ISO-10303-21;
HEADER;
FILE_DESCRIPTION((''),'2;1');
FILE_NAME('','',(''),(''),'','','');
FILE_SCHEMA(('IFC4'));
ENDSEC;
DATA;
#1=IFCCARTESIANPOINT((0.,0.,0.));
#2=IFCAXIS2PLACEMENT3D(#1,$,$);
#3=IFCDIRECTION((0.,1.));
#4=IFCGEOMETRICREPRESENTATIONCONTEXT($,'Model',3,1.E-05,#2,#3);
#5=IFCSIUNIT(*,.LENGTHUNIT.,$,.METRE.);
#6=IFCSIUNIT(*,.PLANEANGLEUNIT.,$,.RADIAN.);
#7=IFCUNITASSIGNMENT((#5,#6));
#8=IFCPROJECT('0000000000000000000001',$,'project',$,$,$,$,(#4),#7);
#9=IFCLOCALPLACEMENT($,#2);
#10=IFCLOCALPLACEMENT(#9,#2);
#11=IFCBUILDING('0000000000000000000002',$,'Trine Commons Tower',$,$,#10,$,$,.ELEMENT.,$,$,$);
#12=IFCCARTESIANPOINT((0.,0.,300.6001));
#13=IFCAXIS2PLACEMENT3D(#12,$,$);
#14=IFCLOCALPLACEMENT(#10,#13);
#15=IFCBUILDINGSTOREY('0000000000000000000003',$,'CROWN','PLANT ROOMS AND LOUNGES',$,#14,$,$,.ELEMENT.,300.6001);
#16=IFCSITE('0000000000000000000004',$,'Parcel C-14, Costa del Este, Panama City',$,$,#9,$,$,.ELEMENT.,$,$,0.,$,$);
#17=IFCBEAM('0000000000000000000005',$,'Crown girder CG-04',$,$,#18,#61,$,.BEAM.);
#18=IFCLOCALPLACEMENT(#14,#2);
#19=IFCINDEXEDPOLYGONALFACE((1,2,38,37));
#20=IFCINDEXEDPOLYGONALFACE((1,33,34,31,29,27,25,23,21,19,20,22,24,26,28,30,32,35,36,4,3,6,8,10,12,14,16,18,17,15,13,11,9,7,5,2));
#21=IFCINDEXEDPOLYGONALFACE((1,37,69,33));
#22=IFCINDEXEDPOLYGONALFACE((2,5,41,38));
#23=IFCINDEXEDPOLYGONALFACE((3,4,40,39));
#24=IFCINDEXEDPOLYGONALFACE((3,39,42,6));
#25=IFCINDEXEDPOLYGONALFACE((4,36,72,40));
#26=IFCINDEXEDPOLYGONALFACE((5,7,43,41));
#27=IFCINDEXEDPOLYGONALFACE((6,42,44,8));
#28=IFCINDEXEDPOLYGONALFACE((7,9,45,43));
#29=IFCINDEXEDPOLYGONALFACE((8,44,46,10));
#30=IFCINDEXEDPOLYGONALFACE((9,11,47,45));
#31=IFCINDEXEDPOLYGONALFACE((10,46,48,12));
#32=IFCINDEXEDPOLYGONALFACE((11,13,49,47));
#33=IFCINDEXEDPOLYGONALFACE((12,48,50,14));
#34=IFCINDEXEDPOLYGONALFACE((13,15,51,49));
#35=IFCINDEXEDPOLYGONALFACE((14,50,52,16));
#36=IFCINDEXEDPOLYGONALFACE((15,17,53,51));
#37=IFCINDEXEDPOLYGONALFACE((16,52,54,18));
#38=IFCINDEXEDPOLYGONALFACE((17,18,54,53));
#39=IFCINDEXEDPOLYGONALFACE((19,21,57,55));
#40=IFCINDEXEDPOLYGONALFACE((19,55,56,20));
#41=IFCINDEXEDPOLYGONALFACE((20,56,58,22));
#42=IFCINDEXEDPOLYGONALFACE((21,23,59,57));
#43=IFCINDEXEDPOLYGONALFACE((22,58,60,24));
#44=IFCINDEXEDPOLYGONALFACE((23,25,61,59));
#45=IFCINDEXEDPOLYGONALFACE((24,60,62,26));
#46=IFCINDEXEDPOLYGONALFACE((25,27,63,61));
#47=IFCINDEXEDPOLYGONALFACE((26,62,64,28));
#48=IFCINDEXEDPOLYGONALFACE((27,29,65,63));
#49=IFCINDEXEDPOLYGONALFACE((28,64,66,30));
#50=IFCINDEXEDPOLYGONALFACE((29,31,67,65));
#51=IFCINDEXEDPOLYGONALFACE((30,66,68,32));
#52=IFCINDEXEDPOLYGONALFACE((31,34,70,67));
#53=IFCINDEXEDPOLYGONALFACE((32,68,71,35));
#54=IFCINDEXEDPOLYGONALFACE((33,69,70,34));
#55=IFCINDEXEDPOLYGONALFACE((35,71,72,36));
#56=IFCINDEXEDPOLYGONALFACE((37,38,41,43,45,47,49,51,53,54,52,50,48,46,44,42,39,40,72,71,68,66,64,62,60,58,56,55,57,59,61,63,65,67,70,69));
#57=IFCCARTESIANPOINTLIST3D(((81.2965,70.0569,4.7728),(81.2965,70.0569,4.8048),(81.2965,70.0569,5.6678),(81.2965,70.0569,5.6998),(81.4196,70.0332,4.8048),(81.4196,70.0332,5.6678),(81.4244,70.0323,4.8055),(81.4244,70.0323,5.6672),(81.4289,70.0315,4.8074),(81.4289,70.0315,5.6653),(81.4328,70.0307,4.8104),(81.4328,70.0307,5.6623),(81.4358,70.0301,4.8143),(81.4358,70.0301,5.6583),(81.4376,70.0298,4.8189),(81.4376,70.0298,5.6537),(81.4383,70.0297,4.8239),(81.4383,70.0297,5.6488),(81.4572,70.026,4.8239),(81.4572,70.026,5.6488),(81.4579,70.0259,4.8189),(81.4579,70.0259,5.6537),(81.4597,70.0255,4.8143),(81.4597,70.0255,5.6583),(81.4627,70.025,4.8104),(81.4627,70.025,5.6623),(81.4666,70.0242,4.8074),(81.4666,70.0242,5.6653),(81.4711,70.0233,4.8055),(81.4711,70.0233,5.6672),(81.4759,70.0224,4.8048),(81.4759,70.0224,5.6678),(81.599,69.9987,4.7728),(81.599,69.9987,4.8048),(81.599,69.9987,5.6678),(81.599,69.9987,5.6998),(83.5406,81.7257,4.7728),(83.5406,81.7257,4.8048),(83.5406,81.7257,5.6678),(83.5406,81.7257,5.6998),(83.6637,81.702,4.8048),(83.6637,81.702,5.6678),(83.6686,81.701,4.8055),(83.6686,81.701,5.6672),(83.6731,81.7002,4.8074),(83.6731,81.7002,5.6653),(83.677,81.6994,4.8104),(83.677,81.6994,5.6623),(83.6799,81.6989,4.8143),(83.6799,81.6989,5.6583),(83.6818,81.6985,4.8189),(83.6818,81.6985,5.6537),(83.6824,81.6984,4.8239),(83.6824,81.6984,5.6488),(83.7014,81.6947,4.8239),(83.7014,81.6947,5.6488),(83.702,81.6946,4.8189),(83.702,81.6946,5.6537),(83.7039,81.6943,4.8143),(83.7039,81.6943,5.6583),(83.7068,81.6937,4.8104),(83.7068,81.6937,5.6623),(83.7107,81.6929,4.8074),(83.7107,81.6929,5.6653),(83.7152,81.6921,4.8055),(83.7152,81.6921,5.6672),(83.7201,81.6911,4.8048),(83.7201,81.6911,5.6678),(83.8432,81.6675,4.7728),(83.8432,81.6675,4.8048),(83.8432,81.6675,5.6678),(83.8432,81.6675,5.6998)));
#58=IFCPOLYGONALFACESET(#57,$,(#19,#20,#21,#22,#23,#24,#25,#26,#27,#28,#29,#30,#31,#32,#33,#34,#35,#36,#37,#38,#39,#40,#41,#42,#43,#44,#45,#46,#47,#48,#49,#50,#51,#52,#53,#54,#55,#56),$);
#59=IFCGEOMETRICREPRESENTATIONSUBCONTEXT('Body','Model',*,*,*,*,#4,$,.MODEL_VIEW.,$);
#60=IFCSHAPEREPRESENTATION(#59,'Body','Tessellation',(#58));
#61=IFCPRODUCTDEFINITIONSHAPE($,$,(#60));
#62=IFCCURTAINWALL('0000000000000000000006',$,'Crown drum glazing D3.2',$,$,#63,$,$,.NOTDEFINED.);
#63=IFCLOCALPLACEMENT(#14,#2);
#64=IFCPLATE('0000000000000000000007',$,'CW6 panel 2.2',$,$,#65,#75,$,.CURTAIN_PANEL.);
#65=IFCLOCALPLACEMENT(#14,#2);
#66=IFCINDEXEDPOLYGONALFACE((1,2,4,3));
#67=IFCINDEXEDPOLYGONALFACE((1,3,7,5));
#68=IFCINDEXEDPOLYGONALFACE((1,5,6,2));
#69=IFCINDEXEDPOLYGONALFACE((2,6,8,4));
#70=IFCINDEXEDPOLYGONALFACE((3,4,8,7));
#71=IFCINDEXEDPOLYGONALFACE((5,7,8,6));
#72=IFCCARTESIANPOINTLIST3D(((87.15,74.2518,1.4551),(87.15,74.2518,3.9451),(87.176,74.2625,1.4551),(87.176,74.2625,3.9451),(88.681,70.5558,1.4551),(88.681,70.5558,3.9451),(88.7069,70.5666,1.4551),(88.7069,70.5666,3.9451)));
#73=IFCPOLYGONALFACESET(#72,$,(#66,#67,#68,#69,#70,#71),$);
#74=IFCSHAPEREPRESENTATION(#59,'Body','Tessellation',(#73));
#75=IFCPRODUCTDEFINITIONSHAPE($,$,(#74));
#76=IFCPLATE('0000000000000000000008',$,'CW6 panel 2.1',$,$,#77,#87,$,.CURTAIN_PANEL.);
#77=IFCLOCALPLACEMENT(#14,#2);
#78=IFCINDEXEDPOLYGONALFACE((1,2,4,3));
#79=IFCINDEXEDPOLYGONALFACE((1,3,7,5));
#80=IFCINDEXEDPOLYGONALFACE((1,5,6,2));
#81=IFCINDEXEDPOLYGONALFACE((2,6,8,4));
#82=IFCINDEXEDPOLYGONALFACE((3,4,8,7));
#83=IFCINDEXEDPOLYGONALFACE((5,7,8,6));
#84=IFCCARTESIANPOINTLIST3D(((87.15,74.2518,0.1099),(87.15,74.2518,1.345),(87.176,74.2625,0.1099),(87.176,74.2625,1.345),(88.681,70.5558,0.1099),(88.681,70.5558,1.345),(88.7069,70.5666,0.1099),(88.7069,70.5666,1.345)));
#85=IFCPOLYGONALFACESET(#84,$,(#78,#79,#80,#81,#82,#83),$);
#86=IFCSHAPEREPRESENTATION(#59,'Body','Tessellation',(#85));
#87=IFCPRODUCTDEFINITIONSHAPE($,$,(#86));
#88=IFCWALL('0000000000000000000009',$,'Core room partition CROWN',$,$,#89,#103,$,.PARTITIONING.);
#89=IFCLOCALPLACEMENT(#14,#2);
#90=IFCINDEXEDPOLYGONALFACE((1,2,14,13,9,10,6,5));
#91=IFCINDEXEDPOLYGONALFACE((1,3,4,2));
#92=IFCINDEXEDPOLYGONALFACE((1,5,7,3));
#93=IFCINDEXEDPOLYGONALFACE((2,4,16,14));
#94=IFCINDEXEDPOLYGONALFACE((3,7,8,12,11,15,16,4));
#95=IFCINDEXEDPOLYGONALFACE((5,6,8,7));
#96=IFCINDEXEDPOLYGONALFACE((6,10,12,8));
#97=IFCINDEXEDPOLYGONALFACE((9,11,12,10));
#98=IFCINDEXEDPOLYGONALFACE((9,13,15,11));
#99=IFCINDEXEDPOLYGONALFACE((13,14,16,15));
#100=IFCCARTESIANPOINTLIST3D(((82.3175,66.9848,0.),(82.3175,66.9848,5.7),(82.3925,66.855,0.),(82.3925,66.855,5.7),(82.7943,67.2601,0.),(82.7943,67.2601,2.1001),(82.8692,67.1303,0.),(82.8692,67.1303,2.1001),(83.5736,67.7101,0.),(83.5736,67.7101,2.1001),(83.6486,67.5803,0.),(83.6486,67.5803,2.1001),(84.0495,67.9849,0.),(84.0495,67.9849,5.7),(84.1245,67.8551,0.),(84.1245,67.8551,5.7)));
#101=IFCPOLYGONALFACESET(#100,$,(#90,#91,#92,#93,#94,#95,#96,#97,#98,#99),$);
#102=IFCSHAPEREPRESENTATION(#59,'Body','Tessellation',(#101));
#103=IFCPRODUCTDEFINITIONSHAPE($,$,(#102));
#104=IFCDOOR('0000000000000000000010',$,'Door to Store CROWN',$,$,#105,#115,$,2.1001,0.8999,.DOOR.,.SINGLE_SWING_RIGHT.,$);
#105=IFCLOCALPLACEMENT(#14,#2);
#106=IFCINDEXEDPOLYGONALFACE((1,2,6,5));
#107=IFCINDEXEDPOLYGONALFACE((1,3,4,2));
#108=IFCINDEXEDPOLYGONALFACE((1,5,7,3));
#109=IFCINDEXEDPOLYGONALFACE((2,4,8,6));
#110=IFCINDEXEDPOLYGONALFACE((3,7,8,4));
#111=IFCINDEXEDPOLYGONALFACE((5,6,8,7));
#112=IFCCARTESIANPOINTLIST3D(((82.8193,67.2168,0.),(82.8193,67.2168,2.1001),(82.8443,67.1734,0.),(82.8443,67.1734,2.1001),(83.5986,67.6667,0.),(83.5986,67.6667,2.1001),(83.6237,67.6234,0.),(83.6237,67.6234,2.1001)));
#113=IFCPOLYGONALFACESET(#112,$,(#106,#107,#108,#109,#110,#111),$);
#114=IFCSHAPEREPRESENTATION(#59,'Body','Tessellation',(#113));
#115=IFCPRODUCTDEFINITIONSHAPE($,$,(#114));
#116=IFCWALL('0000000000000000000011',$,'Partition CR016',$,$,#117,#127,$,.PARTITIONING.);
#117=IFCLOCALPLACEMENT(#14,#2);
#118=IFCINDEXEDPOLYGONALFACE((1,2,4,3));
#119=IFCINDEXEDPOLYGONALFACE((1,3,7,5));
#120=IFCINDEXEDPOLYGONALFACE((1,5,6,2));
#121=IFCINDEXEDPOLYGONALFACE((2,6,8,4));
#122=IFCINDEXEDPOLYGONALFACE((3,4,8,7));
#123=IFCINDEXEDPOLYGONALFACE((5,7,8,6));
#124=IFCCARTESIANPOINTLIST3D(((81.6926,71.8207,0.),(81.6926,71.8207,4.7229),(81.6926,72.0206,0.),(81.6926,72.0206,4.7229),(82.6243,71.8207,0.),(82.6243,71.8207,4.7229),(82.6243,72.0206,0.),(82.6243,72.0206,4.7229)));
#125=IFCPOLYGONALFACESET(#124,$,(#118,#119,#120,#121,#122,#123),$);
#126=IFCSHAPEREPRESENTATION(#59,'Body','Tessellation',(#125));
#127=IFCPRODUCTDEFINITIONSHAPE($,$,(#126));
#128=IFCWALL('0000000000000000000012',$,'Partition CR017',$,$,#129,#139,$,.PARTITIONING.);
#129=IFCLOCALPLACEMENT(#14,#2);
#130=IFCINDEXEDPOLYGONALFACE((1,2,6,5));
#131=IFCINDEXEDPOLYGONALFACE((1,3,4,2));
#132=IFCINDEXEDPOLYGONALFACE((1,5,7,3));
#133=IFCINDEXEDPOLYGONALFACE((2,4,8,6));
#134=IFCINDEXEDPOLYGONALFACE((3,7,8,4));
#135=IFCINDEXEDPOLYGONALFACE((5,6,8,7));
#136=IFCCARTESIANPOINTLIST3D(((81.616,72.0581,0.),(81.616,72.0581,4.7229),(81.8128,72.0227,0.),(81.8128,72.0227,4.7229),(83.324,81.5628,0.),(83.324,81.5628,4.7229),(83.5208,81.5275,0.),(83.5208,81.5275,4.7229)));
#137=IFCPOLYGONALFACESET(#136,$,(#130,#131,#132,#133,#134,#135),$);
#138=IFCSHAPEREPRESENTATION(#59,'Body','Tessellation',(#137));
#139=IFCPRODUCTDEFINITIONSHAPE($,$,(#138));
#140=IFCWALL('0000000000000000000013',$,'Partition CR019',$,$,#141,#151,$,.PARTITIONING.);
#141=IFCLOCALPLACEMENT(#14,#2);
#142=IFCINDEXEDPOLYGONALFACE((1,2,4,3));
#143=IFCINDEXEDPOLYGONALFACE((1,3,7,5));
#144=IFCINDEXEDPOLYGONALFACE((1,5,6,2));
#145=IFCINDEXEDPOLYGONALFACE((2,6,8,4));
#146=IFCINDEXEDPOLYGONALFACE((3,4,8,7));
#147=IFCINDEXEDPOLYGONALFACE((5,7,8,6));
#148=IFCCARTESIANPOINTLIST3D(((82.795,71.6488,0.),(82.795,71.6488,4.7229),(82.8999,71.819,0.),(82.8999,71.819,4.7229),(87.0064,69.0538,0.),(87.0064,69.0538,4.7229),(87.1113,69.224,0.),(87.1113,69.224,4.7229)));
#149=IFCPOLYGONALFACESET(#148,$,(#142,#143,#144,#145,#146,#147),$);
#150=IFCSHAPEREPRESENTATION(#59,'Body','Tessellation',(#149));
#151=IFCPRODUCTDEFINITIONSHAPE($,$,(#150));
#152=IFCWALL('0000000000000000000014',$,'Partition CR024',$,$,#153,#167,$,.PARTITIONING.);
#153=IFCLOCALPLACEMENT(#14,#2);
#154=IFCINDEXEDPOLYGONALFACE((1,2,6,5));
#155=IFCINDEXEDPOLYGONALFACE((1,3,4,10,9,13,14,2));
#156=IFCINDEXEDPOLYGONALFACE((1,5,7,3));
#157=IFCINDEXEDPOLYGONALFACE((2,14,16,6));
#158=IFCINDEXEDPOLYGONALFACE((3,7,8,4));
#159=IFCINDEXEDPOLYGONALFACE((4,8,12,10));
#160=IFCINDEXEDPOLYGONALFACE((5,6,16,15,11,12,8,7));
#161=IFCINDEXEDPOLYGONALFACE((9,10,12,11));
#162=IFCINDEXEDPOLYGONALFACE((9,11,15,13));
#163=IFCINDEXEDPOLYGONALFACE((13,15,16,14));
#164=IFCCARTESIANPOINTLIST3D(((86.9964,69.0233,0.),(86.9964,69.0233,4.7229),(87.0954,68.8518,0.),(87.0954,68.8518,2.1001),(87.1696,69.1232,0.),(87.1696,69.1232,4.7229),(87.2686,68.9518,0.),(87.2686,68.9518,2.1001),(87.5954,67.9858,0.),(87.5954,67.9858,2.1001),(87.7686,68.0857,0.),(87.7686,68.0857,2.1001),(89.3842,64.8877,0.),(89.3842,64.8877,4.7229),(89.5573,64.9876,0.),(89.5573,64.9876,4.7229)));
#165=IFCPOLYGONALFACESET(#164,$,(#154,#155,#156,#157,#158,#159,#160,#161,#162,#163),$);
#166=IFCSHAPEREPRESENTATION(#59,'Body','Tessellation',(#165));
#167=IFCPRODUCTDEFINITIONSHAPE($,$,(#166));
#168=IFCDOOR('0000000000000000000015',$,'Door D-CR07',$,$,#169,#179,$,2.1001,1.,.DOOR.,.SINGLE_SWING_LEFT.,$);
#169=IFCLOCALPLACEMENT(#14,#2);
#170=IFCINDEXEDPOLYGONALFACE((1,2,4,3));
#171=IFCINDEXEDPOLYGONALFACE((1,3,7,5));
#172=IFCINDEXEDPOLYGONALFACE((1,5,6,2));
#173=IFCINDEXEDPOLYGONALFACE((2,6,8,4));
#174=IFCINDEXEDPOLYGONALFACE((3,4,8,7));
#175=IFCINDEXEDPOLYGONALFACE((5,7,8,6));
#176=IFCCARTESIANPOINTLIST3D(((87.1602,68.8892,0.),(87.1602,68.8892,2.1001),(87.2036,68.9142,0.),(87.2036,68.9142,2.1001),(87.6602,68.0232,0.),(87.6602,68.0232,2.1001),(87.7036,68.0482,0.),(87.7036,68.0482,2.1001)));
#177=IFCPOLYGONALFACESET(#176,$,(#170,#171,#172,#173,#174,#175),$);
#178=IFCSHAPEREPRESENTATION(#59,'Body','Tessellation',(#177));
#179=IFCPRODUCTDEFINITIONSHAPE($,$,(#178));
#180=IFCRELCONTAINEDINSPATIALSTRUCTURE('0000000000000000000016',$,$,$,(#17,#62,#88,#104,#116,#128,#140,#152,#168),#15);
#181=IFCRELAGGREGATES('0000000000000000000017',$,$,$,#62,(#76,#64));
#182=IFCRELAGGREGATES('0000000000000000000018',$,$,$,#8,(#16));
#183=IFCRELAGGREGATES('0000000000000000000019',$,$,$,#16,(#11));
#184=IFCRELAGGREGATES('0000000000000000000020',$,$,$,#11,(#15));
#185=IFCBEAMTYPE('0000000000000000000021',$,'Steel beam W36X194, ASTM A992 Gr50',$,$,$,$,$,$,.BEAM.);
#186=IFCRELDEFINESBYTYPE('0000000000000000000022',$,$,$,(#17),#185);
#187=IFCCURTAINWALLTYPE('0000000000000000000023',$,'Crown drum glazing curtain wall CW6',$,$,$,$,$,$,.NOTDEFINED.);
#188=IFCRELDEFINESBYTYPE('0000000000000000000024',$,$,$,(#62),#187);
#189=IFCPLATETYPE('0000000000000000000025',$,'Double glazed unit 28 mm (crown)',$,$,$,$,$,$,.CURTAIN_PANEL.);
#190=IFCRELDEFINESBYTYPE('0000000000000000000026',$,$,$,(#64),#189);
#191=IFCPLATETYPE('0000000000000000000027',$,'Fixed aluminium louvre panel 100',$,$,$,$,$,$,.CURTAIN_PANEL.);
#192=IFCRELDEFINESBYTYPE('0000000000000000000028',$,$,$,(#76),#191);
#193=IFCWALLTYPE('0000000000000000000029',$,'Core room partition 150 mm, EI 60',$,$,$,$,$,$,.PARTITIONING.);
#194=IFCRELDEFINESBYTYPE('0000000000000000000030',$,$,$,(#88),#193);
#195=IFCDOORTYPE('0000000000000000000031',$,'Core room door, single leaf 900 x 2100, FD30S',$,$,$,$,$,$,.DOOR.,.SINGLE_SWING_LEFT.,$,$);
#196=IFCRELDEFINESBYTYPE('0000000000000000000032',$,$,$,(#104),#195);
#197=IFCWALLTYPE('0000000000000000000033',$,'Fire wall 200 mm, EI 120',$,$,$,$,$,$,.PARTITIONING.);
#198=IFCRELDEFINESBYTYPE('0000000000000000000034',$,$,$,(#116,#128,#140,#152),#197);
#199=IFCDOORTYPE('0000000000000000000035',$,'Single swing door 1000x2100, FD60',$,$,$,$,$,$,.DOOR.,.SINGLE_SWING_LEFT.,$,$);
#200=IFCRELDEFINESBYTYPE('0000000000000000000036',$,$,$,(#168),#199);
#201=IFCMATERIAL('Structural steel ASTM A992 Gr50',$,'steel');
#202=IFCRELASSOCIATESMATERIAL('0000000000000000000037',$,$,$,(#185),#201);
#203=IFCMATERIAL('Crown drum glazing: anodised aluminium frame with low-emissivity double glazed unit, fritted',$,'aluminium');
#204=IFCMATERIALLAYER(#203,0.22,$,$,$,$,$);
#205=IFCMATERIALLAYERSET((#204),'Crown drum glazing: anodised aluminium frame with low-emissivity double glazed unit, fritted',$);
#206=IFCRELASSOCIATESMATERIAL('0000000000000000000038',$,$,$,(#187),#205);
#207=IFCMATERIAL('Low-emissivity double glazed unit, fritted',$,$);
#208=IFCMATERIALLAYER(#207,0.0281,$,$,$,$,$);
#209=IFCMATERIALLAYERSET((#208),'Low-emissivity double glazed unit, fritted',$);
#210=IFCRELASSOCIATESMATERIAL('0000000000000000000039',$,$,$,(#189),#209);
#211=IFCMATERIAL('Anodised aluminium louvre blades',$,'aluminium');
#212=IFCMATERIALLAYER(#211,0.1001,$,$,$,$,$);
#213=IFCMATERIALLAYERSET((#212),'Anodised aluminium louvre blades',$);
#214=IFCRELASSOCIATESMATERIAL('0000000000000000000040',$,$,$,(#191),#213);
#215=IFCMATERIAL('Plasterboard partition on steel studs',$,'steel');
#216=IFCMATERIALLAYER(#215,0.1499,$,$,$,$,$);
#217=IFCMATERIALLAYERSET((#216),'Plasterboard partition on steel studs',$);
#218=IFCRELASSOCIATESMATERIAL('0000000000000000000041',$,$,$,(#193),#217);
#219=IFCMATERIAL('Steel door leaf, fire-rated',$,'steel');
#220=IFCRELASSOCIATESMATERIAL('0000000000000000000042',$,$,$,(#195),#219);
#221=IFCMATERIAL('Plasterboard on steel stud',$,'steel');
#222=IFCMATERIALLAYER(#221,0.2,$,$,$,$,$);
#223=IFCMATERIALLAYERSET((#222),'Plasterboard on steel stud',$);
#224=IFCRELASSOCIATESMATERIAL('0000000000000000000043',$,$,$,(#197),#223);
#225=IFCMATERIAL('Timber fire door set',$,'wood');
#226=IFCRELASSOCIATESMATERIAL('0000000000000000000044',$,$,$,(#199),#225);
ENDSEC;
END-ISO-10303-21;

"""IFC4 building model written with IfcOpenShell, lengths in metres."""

from ifc_helpers import new_model, si_unit, direction, frame, frame_2d, origin, origin_2d, place, context, subcontext, project, spatial, rectangle, i_section, extrude, material, layer, layer_set, material_profile, profile_set, type_object, element, fill, aggregate, save


model = new_model("IFC4")

# Units and contexts
model_context = context("Model", 3, precision=1e-05, world=origin(), true_north=direction((0.0, 1.0)))
body_context = subcontext(model_context, "Body", "Model", "MODEL_VIEW")
ifc_project = project(units=[si_unit("LENGTHUNIT", "METRE"), si_unit("PLANEANGLEUNIT", "RADIAN")], contexts=[model_context])

# Site, building, storey
site_placement = place(None, origin())
site = spatial("IfcSite", under=ifc_project, at=site_placement, Name="Parcel C-14, Costa del Este, Panama City", CompositionType="ELEMENT", RefElevation=0.0)
building_placement = place(site_placement, origin())
building = spatial("IfcBuilding", under=site, at=building_placement, Name="Trine Commons Tower", CompositionType="ELEMENT")
storey_placement = place(building_placement, frame((0.0, 0.0, 300.6001)))
storey = spatial("IfcBuildingStorey", under=building, at=storey_placement, Name="CROWN", Description="PLANT ROOMS AND LOUNGES", CompositionType="ELEMENT", Elevation=300.6001)

# Beam
ifc_material_1 = material(Name="Structural steel ASTM A992 Gr50", Category="steel")
ifc_material_profile = material_profile(ifc_material_1, i_section(OverallWidth=0.3081, OverallDepth=0.927, WebThickness=0.0193, FlangeThickness=0.032, FilletRadius=0.019, at=origin_2d()), Name="W36X194")
ifc_profile_set = profile_set([ifc_material_profile], Name="Structural steel ASTM A992 Gr50")
beam_type = type_object("IfcBeamType", Name="Steel beam W36X194, ASTM A992 Gr50", PredefinedType="BEAM", material=ifc_profile_set)
beam_placement = place(storey_placement, frame((81.4478, 70.0278, 5.2363), z_axis=(0.18886, 0.982004, 0.0), x_axis=(-0.982004, 0.18886, 0.0)))
element("IfcBeam", 1, at=beam_placement, inside=storey, type_object=beam_type, Name="Crown girder CG-04", PredefinedType="BEAM", context=body_context, shape_type="SweptSolid", body=[
    extrude(i_section(OverallWidth=0.3081, OverallDepth=0.927, WebThickness=0.0193, FlangeThickness=0.032, FilletRadius=0.019, at=origin_2d()), origin(), (0.0, 0.0, 1.0), 11.8826),
])

# Curtain wall, plates
ifc_material_2 = material(Name="Crown drum glazing: anodised aluminium frame with low-emissivity double glazed unit, fritted", Category="aluminium")
ifc_layer_1 = layer(ifc_material_2, 0.22)
ifc_layer_set_1 = layer_set([ifc_layer_1], Name="Crown drum glazing: anodised aluminium frame with low-emissivity double glazed unit, fritted")
curtain_wall_type = type_object("IfcCurtainWallType", Name="Crown drum glazing curtain wall CW6", PredefinedType="NOTDEFINED", material=ifc_layer_set_1)
curtain_wall_placement = place(storey_placement, origin())
curtain_wall = element("IfcCurtainWall", 2, at=curtain_wall_placement, inside=storey, type_object=curtain_wall_type, Name="Crown drum glazing D3.2", PredefinedType="NOTDEFINED")
ifc_material_3 = material(Name="Low-emissivity double glazed unit, fritted")
ifc_layer_2 = layer(ifc_material_3, 0.0281)
ifc_layer_set_2 = layer_set([ifc_layer_2], Name="Low-emissivity double glazed unit, fritted")
plate_type_1 = type_object("IfcPlateType", Name="Double glazed unit 28 mm (crown)", PredefinedType="CURTAIN_PANEL", material=ifc_layer_set_2)
plate_1_placement = place(storey_placement, frame((87.9285, 72.4092, 1.4551), z_axis=(0.0, 0.0, 1.0), x_axis=(-0.382683, 0.92388, 0.0)))
plate_1 = element("IfcPlate", 3, at=plate_1_placement, type_object=plate_type_1, Name="CW6 panel 2.2", PredefinedType="CURTAIN_PANEL", context=body_context, shape_type="SweptSolid", body=[
    extrude(rectangle(XDim=4.0005, YDim=0.0281, at=origin_2d()), origin(), (0.0, 0.0, 1.0), 2.49),
])
ifc_material_4 = material(Name="Anodised aluminium louvre blades", Category="aluminium")
ifc_layer_3 = layer(ifc_material_4, 0.1001)
ifc_layer_set_3 = layer_set([ifc_layer_3], Name="Anodised aluminium louvre blades")
plate_type_2 = type_object("IfcPlateType", Name="Fixed aluminium louvre panel 100", PredefinedType="CURTAIN_PANEL", material=ifc_layer_set_3)
plate_2_placement = place(storey_placement, frame((87.9285, 72.4092, 0.1099), z_axis=(0.0, 0.0, 1.0), x_axis=(-0.382683, 0.92388, 0.0)))
plate_2 = element("IfcPlate", 4, at=plate_2_placement, type_object=plate_type_2, Name="CW6 panel 2.1", PredefinedType="CURTAIN_PANEL", context=body_context, shape_type="SweptSolid", body=[
    extrude(rectangle(XDim=4.0005, YDim=0.0281, at=origin_2d()), origin(), (0.0, 0.0, 1.0), 1.2351),
])
aggregate(curtain_wall, [plate_2, plate_1])

# Wall, opening, door
ifc_material_5 = material(Name="Plasterboard partition on steel studs", Category="steel")
ifc_layer_4 = layer(ifc_material_5, 0.1499)
ifc_layer_set_4 = layer_set([ifc_layer_4], Name="Plasterboard partition on steel studs")
wall_type_1 = type_object("IfcWallType", Name="Core room partition 150 mm, EI 60", PredefinedType="PARTITIONING", material=ifc_layer_set_4)
wall_1_placement = place(storey_placement, frame((82.355, 66.9199, 0.0), z_axis=(0.0, 0.0, 1.0), x_axis=(0.866011, 0.500025, 0.0)))
wall_1 = element("IfcWall", 5, at=wall_1_placement, inside=storey, type_object=wall_type_1, Name="Core room partition CROWN", PredefinedType="PARTITIONING", context=body_context, shape_type="SweptSolid", body=[
    extrude(rectangle(XDim=2.0, YDim=0.1499, at=frame_2d((1.0, 0.0))), origin(), (0.0, 0.0, 1.0), 5.7),
])
opening_1_placement = place(wall_1_placement, frame((0.5505, 0.0, 0.0)))
opening_1 = element("IfcOpeningElement", 6, at=opening_1_placement, cuts=wall_1, PredefinedType="OPENING", context=body_context, shape_type="SweptSolid", body=[
    extrude(rectangle(XDim=0.8999, YDim=2.1001, at=frame_2d((0.45, 1.05))), frame((0.0, 0.085, 0.0), z_axis=(0.0, -1.0, 0.0), x_axis=(1.0, 0.0, 0.0)), (0.0, 0.0, 1.0), 0.1699),
])
ifc_material_6 = material(Name="Steel door leaf, fire-rated", Category="steel")
door_type_1 = type_object("IfcDoorType", Name="Core room door, single leaf 900 x 2100, FD30S", OperationType="SINGLE_SWING_LEFT", PredefinedType="DOOR", material=ifc_material_6)
door_1_placement = place(opening_1_placement, origin())
door_1 = element("IfcDoor", 7, at=door_1_placement, inside=storey, type_object=door_type_1, Name="Door to Store CROWN", OperationType="SINGLE_SWING_RIGHT", OverallHeight=2.1001, OverallWidth=0.8999, PredefinedType="DOOR", context=body_context, shape_type="SweptSolid", body=[
    extrude(rectangle(XDim=0.8999, YDim=2.1001, at=frame_2d((0.45, 1.05))), frame((0.0, 0.0249, 0.0), z_axis=(0.0, -1.0, 0.0), x_axis=(1.0, 0.0, 0.0)), (0.0, 0.0, 1.0), 0.05),
])
fill(opening_1, door_1)

# Walls
ifc_material_7 = material(Name="Plasterboard on steel stud", Category="steel")
ifc_layer_5 = layer(ifc_material_7, 0.2)
ifc_layer_set_5 = layer_set([ifc_layer_5], Name="Plasterboard on steel stud")
wall_type_2 = type_object("IfcWallType", Name="Fire wall 200 mm, EI 120", PredefinedType="PARTITIONING", material=ifc_layer_set_5)
wall_2_placement = place(storey_placement, frame((81.6926, 71.9207, 0.0), z_axis=(0.0, 0.0, 1.0), x_axis=(1.0, 0.0, 0.0)))
element("IfcWall", 8, at=wall_2_placement, inside=storey, type_object=wall_type_2, Name="Partition CR016", PredefinedType="PARTITIONING", context=body_context, shape_type="SweptSolid", body=[
    extrude(rectangle(XDim=0.9316, YDim=0.2, at=frame_2d((0.4658, 0.0))), origin(), (0.0, 0.0, 1.0), 4.7229),
])
wall_3_placement = place(storey_placement, frame((81.7144, 72.0403, 0.0), z_axis=(0.0, 0.0, 1.0), x_axis=(0.176869, 0.984234, 0.0)))
element("IfcWall", 9, at=wall_3_placement, inside=storey, type_object=wall_type_2, Name="Partition CR017", PredefinedType="PARTITIONING", context=body_context, shape_type="SweptSolid", body=[
    extrude(rectangle(XDim=9.657, YDim=0.2, at=frame_2d((4.8286, 0.0))), origin(), (0.0, 0.0, 1.0), 4.7229),
])
wall_4_placement = place(storey_placement, frame((82.8474, 71.7339, 0.0), z_axis=(0.0, 0.0, 1.0), x_axis=(0.851358, -0.524585, 0.0)))
element("IfcWall", 10, at=wall_4_placement, inside=storey, type_object=wall_type_2, Name="Partition CR019", PredefinedType="PARTITIONING", context=body_context, shape_type="SweptSolid", body=[
    extrude(rectangle(XDim=4.9468, YDim=0.2, at=frame_2d((2.4734, 0.0))), origin(), (0.0, 0.0, 1.0), 4.7229),
])

# Wall, opening, door
wall_5_placement = place(storey_placement, frame((87.083, 69.0732, 0.0), z_axis=(0.0, 0.0, 1.0), x_axis=(0.50001, -0.86602, 0.0)))
wall_5 = element("IfcWall", 11, at=wall_5_placement, inside=storey, type_object=wall_type_2, Name="Partition CR024", PredefinedType="PARTITIONING", context=body_context, shape_type="SweptSolid", body=[
    extrude(rectangle(XDim=4.7754, YDim=0.2, at=frame_2d((2.3877, 0.0))), origin(), (0.0, 0.0, 1.0), 4.7229),
])
opening_2_placement = place(wall_5_placement, frame((0.198, 0.0, 0.0)))
opening_2 = element("IfcOpeningElement", 12, at=opening_2_placement, cuts=wall_5, PredefinedType="OPENING", context=body_context, shape_type="SweptSolid", body=[
    extrude(rectangle(XDim=1.0, YDim=2.1001, at=frame_2d((0.5, 1.05))), frame((0.0, 0.1099, 0.0), z_axis=(0.0, -1.0, 0.0), x_axis=(1.0, 0.0, 0.0)), (0.0, 0.0, 1.0), 0.22),
])
ifc_material_8 = material(Name="Timber fire door set", Category="wood")
door_type_2 = type_object("IfcDoorType", Name="Single swing door 1000x2100, FD60", OperationType="SINGLE_SWING_LEFT", PredefinedType="DOOR", material=ifc_material_8)
door_2_placement = place(opening_2_placement, origin())
door_2 = element("IfcDoor", 13, at=door_2_placement, inside=storey, type_object=door_type_2, Name="Door D-CR07", OperationType="SINGLE_SWING_LEFT", OverallHeight=2.1001, OverallWidth=1.0, PredefinedType="DOOR", context=body_context, shape_type="SweptSolid", body=[
    extrude(rectangle(XDim=1.0, YDim=2.1001, at=frame_2d((0.5, 1.05))), frame((0.0, 0.0249, 0.0), z_axis=(0.0, -1.0, 0.0), x_axis=(1.0, 0.0, 0.0)), (0.0, 0.0, 1.0), 0.05),
])
fill(opening_2, door_2)

save(model, "model.ifc")
